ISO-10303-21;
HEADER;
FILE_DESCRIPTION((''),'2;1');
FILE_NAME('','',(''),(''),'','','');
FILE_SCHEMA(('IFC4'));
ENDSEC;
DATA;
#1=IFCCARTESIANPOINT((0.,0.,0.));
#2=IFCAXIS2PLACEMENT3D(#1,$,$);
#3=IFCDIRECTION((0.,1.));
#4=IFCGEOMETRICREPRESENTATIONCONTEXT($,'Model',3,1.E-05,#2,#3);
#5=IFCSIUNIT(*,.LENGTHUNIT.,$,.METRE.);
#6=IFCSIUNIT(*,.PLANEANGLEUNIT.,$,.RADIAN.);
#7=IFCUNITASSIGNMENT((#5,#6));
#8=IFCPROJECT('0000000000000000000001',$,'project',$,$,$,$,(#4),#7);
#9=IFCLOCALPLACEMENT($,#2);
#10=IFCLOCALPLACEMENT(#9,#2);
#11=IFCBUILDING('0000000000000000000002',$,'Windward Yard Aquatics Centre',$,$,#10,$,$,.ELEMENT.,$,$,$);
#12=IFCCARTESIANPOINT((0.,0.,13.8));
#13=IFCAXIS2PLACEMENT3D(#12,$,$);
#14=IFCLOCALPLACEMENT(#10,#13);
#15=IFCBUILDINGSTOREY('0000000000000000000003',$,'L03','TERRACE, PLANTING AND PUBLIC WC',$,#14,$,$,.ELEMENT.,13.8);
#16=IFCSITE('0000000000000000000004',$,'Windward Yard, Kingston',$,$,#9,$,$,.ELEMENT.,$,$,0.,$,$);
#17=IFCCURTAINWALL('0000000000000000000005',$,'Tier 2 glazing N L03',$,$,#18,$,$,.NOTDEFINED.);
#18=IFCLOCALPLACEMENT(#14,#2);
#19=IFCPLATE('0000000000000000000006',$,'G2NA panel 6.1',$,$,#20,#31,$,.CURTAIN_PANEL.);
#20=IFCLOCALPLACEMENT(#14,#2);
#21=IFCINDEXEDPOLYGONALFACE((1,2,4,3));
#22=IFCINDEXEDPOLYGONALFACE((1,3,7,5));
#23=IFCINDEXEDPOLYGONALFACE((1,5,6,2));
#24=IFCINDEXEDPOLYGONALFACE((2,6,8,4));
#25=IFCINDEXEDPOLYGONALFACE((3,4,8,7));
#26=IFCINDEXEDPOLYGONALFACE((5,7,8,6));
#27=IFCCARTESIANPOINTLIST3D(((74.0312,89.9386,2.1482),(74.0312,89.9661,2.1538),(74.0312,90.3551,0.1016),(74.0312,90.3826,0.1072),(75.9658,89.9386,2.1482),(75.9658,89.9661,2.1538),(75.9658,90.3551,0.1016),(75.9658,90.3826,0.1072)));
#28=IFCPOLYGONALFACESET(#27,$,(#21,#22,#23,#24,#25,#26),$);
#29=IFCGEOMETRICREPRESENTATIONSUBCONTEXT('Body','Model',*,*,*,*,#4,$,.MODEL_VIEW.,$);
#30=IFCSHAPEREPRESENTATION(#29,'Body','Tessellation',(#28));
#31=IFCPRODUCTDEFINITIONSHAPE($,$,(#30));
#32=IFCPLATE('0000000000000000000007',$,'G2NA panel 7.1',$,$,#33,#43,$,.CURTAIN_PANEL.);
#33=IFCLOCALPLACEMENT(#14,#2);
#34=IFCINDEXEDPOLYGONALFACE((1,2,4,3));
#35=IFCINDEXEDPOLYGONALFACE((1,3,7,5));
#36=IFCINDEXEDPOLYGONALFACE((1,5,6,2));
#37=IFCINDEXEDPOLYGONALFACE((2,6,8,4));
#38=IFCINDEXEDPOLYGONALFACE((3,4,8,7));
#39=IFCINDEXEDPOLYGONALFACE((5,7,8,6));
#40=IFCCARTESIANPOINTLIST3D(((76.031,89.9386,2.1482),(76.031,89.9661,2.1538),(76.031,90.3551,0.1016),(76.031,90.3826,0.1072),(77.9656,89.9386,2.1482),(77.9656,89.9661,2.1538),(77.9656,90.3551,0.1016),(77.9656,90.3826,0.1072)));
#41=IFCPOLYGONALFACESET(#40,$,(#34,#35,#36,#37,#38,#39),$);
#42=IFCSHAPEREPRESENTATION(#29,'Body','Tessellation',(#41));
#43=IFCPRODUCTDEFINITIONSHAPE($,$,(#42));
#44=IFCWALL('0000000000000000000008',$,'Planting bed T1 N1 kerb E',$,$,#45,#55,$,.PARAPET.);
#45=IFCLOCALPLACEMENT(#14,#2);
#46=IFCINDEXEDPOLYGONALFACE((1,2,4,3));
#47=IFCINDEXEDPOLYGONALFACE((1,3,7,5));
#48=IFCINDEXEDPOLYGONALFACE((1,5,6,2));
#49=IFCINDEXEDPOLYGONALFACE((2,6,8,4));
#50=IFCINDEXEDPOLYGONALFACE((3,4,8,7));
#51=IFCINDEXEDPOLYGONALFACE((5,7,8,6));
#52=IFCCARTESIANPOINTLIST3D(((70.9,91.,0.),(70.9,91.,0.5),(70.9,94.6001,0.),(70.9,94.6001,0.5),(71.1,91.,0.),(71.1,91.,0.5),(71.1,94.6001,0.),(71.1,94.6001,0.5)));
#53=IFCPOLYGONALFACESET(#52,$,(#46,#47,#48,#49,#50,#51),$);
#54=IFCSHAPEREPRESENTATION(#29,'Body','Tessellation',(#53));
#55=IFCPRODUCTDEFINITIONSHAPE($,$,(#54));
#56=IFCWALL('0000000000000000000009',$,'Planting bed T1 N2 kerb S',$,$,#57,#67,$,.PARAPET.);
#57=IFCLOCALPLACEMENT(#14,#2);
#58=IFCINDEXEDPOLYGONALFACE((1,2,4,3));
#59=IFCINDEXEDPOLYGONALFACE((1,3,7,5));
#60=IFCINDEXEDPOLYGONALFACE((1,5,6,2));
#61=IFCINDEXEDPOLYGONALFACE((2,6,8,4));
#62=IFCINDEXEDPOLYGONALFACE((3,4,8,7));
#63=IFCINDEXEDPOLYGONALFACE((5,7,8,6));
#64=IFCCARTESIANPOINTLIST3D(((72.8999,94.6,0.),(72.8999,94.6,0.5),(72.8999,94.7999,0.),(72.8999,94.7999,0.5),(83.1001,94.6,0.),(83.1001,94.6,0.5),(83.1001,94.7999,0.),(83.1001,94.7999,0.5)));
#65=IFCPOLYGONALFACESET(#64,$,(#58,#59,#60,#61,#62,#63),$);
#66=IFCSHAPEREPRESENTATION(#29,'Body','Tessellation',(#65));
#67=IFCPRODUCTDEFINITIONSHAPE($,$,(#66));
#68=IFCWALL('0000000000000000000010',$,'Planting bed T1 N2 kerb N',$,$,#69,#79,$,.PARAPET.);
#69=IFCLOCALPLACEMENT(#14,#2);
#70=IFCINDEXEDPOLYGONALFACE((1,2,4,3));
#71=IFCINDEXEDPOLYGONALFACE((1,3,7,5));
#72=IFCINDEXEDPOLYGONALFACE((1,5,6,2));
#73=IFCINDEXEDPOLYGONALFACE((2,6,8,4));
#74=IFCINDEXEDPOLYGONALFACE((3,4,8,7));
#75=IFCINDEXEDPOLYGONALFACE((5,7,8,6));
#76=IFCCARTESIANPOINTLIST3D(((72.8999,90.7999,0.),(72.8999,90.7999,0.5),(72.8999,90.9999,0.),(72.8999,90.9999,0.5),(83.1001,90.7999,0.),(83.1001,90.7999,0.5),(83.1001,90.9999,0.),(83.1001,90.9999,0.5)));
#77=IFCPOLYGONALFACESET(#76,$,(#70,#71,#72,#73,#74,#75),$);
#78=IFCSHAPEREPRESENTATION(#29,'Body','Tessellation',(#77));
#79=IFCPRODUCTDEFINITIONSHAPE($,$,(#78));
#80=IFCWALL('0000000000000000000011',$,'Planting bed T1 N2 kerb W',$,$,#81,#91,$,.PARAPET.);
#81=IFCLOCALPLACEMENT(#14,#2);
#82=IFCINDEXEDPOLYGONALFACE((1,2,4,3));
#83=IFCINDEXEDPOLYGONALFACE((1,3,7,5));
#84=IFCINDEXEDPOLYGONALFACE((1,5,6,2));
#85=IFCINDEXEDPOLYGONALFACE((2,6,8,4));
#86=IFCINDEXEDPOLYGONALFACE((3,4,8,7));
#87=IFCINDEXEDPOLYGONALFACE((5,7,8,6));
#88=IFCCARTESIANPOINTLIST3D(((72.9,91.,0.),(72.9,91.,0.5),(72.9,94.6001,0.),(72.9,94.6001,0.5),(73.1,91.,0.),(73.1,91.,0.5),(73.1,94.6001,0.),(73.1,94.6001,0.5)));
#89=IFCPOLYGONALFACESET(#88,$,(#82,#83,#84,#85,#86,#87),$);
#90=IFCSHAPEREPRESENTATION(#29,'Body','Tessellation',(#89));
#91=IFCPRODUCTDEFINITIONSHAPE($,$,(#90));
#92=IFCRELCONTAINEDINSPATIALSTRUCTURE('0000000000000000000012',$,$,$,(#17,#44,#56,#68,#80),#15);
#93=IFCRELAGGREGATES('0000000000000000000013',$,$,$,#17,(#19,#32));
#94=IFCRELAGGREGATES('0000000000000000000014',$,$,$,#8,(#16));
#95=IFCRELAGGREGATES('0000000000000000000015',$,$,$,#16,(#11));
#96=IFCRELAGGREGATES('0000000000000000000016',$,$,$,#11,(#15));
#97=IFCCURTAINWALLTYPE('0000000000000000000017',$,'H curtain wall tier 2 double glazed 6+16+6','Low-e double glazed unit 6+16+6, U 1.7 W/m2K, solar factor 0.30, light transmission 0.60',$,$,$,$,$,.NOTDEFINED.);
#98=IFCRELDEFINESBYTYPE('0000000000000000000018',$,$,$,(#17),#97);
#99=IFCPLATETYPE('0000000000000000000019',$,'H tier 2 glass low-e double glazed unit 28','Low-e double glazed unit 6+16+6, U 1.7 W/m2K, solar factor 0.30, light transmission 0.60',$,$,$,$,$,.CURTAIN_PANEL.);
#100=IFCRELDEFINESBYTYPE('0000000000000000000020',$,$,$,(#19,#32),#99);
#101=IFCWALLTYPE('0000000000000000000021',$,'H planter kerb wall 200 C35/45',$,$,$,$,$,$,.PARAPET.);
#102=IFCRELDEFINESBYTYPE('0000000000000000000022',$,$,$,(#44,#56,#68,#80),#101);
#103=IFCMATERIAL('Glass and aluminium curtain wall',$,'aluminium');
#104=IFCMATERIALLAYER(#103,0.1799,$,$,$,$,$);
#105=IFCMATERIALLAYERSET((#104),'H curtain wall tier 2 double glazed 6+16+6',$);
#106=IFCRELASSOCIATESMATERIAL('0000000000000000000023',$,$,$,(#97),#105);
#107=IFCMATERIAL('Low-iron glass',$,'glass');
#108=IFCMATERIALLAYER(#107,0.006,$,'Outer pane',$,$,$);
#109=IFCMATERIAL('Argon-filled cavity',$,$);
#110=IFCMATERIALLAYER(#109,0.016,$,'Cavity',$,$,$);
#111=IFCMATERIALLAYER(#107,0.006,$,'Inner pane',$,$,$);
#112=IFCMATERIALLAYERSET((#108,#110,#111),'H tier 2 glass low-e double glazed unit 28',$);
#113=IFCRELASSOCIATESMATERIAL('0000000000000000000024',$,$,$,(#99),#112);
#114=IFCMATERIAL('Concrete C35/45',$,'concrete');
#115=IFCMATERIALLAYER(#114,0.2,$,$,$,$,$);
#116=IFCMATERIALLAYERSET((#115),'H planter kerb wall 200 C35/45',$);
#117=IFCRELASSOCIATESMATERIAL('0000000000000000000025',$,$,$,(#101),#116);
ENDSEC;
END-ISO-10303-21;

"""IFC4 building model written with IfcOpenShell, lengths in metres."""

from ifc_helpers import new_model, si_unit, direction, frame, frame_2d, origin, place, context, subcontext, project, spatial, polyline, rectangle, outline, extrude, material, layer, layer_set, type_object, element, aggregate, save


model = new_model("IFC4")

# Units and contexts
model_context = context("Model", 3, precision=1e-05, world=origin(), true_north=direction((0.0, 1.0)))
body_context = subcontext(model_context, "Body", "Model", "MODEL_VIEW")
ifc_project = project(units=[si_unit("LENGTHUNIT", "METRE"), si_unit("PLANEANGLEUNIT", "RADIAN")], contexts=[model_context])

# Site, building, storey
site_placement = place(None, origin())
site = spatial("IfcSite", under=ifc_project, at=site_placement, Name="Windward Yard, Kingston", CompositionType="ELEMENT", RefElevation=0.0)
building_placement = place(site_placement, origin())
building = spatial("IfcBuilding", under=site, at=building_placement, Name="Windward Yard Aquatics Centre", CompositionType="ELEMENT")
storey_placement = place(building_placement, frame((0.0, 0.0, 13.8)))
storey = spatial("IfcBuildingStorey", under=building, at=storey_placement, Name="L03", Description="TERRACE, PLANTING AND PUBLIC WC", CompositionType="ELEMENT", Elevation=13.8)

# Curtain wall
ifc_material_1 = material(Name="Glass and aluminium curtain wall", Category="aluminium")
ifc_layer_1 = layer(ifc_material_1, 0.1799)
ifc_layer_set_1 = layer_set([ifc_layer_1], Name="H curtain wall tier 2 double glazed 6+16+6")
curtain_wall_type = type_object("IfcCurtainWallType", Name="H curtain wall tier 2 double glazed 6+16+6", Description="Low-e double glazed unit 6+16+6, U 1.7 W/m2K, solar factor 0.30, light transmission 0.60", PredefinedType="NOTDEFINED", material=ifc_layer_set_1)
curtain_wall_placement = place(storey_placement, origin())
curtain_wall = element("IfcCurtainWall", 1, at=curtain_wall_placement, inside=storey, type_object=curtain_wall_type, Name="Tier 2 glazing N L03", PredefinedType="NOTDEFINED")

# Plates
ifc_material_2 = material(Name="Low-iron glass", Category="glass")
ifc_layer_2 = layer(ifc_material_2, 0.006, Name="Outer pane")
ifc_material_3 = material(Name="Argon-filled cavity")
ifc_layer_3 = layer(ifc_material_3, 0.016, Name="Cavity")
ifc_layer_4 = layer(ifc_material_2, 0.006, Name="Inner pane")
ifc_layer_set_2 = layer_set([ifc_layer_2, ifc_layer_3, ifc_layer_4], Name="H tier 2 glass low-e double glazed unit 28")
plate_type = type_object("IfcPlateType", Name="H tier 2 glass low-e double glazed unit 28", Description="Low-e double glazed unit 6+16+6, U 1.7 W/m2K, solar factor 0.30, light transmission 0.60", PredefinedType="CURTAIN_PANEL", material=ifc_layer_set_2)
plate_1_placement = place(storey_placement, frame((74.0312, 89.9661, 2.1538), z_axis=(0.0, 0.979914, 0.199419), x_axis=(0.0, 0.199419, -0.979914)))
plate_1 = element("IfcPlate", 2, at=plate_1_placement, type_object=plate_type, Name="G2NA panel 6.1", PredefinedType="CURTAIN_PANEL", context=body_context, shape_type="SweptSolid", body=[
    extrude(outline(polyline([(0.0, 0.0), (2.0886, 0.0), (2.0886, -1.9346), (0.0, -1.9346), (0.0, 0.0)])), origin(), (0.0, 0.0, -1.0), 0.0281),
])
plate_2_placement = place(storey_placement, frame((76.031, 89.9661, 2.1538), z_axis=(0.0, 0.979914, 0.199419), x_axis=(0.0, 0.199419, -0.979914)))
plate_2 = element("IfcPlate", 3, at=plate_2_placement, type_object=plate_type, Name="G2NA panel 7.1", PredefinedType="CURTAIN_PANEL", context=body_context, shape_type="SweptSolid", body=[
    extrude(outline(polyline([(0.0, 0.0), (2.0886, 0.0), (2.0886, -1.9346), (0.0, -1.9346), (0.0, 0.0)])), origin(), (0.0, 0.0, -1.0), 0.0281),
])
aggregate(curtain_wall, [plate_1, plate_2])

# Walls
ifc_material_4 = material(Name="Concrete C35/45", Category="concrete")
ifc_layer_5 = layer(ifc_material_4, 0.2)
ifc_layer_set_3 = layer_set([ifc_layer_5], Name="H planter kerb wall 200 C35/45")
wall_type = type_object("IfcWallType", Name="H planter kerb wall 200 C35/45", PredefinedType="PARAPET", material=ifc_layer_set_3)
wall_1_placement = place(storey_placement, frame((71.0, 94.6001, 0.0), z_axis=(0.0, 0.0, 1.0), x_axis=(0.0, -1.0, 0.0)))
element("IfcWall", 4, at=wall_1_placement, inside=storey, type_object=wall_type, Name="Planting bed T1 N1 kerb E", PredefinedType="PARAPET", context=body_context, shape_type="SweptSolid", body=[
    extrude(rectangle(XDim=3.6001, YDim=0.2, at=frame_2d((1.8, 0.0))), origin(), (0.0, 0.0, 1.0), 0.5),
])
for number, where, z_axis, x_axis, name in (
    (5, (72.8999, 94.7, 0.0), (0.0, 0.0, 1.0), (1.0, 0.0, 0.0), "Planting bed T1 N2 kerb S"),
    (6, (72.8999, 90.8999, 0.0), (0.0, 0.0, 1.0), (1.0, 0.0, 0.0), "Planting bed T1 N2 kerb N"),
):
    element("IfcWall", number, at=place(storey_placement, frame(where, z_axis=z_axis, x_axis=x_axis)), inside=storey, type_object=wall_type, Name=name, PredefinedType="PARAPET", context=body_context, shape_type="SweptSolid", body=[
        extrude(rectangle(XDim=10.2002, YDim=0.2, at=frame_2d((5.1001, 0.0))), origin(), (0.0, 0.0, 1.0), 0.5),
    ])
wall_2_placement = place(storey_placement, frame((73.0, 94.6001, 0.0), z_axis=(0.0, 0.0, 1.0), x_axis=(0.0, -1.0, 0.0)))
element("IfcWall", 7, at=wall_2_placement, inside=storey, type_object=wall_type, Name="Planting bed T1 N2 kerb W", PredefinedType="PARAPET", context=body_context, shape_type="SweptSolid", body=[
    extrude(rectangle(XDim=3.6001, YDim=0.2, at=frame_2d((1.8, 0.0))), origin(), (0.0, 0.0, 1.0), 0.5),
])

save(model, "model.ifc")
